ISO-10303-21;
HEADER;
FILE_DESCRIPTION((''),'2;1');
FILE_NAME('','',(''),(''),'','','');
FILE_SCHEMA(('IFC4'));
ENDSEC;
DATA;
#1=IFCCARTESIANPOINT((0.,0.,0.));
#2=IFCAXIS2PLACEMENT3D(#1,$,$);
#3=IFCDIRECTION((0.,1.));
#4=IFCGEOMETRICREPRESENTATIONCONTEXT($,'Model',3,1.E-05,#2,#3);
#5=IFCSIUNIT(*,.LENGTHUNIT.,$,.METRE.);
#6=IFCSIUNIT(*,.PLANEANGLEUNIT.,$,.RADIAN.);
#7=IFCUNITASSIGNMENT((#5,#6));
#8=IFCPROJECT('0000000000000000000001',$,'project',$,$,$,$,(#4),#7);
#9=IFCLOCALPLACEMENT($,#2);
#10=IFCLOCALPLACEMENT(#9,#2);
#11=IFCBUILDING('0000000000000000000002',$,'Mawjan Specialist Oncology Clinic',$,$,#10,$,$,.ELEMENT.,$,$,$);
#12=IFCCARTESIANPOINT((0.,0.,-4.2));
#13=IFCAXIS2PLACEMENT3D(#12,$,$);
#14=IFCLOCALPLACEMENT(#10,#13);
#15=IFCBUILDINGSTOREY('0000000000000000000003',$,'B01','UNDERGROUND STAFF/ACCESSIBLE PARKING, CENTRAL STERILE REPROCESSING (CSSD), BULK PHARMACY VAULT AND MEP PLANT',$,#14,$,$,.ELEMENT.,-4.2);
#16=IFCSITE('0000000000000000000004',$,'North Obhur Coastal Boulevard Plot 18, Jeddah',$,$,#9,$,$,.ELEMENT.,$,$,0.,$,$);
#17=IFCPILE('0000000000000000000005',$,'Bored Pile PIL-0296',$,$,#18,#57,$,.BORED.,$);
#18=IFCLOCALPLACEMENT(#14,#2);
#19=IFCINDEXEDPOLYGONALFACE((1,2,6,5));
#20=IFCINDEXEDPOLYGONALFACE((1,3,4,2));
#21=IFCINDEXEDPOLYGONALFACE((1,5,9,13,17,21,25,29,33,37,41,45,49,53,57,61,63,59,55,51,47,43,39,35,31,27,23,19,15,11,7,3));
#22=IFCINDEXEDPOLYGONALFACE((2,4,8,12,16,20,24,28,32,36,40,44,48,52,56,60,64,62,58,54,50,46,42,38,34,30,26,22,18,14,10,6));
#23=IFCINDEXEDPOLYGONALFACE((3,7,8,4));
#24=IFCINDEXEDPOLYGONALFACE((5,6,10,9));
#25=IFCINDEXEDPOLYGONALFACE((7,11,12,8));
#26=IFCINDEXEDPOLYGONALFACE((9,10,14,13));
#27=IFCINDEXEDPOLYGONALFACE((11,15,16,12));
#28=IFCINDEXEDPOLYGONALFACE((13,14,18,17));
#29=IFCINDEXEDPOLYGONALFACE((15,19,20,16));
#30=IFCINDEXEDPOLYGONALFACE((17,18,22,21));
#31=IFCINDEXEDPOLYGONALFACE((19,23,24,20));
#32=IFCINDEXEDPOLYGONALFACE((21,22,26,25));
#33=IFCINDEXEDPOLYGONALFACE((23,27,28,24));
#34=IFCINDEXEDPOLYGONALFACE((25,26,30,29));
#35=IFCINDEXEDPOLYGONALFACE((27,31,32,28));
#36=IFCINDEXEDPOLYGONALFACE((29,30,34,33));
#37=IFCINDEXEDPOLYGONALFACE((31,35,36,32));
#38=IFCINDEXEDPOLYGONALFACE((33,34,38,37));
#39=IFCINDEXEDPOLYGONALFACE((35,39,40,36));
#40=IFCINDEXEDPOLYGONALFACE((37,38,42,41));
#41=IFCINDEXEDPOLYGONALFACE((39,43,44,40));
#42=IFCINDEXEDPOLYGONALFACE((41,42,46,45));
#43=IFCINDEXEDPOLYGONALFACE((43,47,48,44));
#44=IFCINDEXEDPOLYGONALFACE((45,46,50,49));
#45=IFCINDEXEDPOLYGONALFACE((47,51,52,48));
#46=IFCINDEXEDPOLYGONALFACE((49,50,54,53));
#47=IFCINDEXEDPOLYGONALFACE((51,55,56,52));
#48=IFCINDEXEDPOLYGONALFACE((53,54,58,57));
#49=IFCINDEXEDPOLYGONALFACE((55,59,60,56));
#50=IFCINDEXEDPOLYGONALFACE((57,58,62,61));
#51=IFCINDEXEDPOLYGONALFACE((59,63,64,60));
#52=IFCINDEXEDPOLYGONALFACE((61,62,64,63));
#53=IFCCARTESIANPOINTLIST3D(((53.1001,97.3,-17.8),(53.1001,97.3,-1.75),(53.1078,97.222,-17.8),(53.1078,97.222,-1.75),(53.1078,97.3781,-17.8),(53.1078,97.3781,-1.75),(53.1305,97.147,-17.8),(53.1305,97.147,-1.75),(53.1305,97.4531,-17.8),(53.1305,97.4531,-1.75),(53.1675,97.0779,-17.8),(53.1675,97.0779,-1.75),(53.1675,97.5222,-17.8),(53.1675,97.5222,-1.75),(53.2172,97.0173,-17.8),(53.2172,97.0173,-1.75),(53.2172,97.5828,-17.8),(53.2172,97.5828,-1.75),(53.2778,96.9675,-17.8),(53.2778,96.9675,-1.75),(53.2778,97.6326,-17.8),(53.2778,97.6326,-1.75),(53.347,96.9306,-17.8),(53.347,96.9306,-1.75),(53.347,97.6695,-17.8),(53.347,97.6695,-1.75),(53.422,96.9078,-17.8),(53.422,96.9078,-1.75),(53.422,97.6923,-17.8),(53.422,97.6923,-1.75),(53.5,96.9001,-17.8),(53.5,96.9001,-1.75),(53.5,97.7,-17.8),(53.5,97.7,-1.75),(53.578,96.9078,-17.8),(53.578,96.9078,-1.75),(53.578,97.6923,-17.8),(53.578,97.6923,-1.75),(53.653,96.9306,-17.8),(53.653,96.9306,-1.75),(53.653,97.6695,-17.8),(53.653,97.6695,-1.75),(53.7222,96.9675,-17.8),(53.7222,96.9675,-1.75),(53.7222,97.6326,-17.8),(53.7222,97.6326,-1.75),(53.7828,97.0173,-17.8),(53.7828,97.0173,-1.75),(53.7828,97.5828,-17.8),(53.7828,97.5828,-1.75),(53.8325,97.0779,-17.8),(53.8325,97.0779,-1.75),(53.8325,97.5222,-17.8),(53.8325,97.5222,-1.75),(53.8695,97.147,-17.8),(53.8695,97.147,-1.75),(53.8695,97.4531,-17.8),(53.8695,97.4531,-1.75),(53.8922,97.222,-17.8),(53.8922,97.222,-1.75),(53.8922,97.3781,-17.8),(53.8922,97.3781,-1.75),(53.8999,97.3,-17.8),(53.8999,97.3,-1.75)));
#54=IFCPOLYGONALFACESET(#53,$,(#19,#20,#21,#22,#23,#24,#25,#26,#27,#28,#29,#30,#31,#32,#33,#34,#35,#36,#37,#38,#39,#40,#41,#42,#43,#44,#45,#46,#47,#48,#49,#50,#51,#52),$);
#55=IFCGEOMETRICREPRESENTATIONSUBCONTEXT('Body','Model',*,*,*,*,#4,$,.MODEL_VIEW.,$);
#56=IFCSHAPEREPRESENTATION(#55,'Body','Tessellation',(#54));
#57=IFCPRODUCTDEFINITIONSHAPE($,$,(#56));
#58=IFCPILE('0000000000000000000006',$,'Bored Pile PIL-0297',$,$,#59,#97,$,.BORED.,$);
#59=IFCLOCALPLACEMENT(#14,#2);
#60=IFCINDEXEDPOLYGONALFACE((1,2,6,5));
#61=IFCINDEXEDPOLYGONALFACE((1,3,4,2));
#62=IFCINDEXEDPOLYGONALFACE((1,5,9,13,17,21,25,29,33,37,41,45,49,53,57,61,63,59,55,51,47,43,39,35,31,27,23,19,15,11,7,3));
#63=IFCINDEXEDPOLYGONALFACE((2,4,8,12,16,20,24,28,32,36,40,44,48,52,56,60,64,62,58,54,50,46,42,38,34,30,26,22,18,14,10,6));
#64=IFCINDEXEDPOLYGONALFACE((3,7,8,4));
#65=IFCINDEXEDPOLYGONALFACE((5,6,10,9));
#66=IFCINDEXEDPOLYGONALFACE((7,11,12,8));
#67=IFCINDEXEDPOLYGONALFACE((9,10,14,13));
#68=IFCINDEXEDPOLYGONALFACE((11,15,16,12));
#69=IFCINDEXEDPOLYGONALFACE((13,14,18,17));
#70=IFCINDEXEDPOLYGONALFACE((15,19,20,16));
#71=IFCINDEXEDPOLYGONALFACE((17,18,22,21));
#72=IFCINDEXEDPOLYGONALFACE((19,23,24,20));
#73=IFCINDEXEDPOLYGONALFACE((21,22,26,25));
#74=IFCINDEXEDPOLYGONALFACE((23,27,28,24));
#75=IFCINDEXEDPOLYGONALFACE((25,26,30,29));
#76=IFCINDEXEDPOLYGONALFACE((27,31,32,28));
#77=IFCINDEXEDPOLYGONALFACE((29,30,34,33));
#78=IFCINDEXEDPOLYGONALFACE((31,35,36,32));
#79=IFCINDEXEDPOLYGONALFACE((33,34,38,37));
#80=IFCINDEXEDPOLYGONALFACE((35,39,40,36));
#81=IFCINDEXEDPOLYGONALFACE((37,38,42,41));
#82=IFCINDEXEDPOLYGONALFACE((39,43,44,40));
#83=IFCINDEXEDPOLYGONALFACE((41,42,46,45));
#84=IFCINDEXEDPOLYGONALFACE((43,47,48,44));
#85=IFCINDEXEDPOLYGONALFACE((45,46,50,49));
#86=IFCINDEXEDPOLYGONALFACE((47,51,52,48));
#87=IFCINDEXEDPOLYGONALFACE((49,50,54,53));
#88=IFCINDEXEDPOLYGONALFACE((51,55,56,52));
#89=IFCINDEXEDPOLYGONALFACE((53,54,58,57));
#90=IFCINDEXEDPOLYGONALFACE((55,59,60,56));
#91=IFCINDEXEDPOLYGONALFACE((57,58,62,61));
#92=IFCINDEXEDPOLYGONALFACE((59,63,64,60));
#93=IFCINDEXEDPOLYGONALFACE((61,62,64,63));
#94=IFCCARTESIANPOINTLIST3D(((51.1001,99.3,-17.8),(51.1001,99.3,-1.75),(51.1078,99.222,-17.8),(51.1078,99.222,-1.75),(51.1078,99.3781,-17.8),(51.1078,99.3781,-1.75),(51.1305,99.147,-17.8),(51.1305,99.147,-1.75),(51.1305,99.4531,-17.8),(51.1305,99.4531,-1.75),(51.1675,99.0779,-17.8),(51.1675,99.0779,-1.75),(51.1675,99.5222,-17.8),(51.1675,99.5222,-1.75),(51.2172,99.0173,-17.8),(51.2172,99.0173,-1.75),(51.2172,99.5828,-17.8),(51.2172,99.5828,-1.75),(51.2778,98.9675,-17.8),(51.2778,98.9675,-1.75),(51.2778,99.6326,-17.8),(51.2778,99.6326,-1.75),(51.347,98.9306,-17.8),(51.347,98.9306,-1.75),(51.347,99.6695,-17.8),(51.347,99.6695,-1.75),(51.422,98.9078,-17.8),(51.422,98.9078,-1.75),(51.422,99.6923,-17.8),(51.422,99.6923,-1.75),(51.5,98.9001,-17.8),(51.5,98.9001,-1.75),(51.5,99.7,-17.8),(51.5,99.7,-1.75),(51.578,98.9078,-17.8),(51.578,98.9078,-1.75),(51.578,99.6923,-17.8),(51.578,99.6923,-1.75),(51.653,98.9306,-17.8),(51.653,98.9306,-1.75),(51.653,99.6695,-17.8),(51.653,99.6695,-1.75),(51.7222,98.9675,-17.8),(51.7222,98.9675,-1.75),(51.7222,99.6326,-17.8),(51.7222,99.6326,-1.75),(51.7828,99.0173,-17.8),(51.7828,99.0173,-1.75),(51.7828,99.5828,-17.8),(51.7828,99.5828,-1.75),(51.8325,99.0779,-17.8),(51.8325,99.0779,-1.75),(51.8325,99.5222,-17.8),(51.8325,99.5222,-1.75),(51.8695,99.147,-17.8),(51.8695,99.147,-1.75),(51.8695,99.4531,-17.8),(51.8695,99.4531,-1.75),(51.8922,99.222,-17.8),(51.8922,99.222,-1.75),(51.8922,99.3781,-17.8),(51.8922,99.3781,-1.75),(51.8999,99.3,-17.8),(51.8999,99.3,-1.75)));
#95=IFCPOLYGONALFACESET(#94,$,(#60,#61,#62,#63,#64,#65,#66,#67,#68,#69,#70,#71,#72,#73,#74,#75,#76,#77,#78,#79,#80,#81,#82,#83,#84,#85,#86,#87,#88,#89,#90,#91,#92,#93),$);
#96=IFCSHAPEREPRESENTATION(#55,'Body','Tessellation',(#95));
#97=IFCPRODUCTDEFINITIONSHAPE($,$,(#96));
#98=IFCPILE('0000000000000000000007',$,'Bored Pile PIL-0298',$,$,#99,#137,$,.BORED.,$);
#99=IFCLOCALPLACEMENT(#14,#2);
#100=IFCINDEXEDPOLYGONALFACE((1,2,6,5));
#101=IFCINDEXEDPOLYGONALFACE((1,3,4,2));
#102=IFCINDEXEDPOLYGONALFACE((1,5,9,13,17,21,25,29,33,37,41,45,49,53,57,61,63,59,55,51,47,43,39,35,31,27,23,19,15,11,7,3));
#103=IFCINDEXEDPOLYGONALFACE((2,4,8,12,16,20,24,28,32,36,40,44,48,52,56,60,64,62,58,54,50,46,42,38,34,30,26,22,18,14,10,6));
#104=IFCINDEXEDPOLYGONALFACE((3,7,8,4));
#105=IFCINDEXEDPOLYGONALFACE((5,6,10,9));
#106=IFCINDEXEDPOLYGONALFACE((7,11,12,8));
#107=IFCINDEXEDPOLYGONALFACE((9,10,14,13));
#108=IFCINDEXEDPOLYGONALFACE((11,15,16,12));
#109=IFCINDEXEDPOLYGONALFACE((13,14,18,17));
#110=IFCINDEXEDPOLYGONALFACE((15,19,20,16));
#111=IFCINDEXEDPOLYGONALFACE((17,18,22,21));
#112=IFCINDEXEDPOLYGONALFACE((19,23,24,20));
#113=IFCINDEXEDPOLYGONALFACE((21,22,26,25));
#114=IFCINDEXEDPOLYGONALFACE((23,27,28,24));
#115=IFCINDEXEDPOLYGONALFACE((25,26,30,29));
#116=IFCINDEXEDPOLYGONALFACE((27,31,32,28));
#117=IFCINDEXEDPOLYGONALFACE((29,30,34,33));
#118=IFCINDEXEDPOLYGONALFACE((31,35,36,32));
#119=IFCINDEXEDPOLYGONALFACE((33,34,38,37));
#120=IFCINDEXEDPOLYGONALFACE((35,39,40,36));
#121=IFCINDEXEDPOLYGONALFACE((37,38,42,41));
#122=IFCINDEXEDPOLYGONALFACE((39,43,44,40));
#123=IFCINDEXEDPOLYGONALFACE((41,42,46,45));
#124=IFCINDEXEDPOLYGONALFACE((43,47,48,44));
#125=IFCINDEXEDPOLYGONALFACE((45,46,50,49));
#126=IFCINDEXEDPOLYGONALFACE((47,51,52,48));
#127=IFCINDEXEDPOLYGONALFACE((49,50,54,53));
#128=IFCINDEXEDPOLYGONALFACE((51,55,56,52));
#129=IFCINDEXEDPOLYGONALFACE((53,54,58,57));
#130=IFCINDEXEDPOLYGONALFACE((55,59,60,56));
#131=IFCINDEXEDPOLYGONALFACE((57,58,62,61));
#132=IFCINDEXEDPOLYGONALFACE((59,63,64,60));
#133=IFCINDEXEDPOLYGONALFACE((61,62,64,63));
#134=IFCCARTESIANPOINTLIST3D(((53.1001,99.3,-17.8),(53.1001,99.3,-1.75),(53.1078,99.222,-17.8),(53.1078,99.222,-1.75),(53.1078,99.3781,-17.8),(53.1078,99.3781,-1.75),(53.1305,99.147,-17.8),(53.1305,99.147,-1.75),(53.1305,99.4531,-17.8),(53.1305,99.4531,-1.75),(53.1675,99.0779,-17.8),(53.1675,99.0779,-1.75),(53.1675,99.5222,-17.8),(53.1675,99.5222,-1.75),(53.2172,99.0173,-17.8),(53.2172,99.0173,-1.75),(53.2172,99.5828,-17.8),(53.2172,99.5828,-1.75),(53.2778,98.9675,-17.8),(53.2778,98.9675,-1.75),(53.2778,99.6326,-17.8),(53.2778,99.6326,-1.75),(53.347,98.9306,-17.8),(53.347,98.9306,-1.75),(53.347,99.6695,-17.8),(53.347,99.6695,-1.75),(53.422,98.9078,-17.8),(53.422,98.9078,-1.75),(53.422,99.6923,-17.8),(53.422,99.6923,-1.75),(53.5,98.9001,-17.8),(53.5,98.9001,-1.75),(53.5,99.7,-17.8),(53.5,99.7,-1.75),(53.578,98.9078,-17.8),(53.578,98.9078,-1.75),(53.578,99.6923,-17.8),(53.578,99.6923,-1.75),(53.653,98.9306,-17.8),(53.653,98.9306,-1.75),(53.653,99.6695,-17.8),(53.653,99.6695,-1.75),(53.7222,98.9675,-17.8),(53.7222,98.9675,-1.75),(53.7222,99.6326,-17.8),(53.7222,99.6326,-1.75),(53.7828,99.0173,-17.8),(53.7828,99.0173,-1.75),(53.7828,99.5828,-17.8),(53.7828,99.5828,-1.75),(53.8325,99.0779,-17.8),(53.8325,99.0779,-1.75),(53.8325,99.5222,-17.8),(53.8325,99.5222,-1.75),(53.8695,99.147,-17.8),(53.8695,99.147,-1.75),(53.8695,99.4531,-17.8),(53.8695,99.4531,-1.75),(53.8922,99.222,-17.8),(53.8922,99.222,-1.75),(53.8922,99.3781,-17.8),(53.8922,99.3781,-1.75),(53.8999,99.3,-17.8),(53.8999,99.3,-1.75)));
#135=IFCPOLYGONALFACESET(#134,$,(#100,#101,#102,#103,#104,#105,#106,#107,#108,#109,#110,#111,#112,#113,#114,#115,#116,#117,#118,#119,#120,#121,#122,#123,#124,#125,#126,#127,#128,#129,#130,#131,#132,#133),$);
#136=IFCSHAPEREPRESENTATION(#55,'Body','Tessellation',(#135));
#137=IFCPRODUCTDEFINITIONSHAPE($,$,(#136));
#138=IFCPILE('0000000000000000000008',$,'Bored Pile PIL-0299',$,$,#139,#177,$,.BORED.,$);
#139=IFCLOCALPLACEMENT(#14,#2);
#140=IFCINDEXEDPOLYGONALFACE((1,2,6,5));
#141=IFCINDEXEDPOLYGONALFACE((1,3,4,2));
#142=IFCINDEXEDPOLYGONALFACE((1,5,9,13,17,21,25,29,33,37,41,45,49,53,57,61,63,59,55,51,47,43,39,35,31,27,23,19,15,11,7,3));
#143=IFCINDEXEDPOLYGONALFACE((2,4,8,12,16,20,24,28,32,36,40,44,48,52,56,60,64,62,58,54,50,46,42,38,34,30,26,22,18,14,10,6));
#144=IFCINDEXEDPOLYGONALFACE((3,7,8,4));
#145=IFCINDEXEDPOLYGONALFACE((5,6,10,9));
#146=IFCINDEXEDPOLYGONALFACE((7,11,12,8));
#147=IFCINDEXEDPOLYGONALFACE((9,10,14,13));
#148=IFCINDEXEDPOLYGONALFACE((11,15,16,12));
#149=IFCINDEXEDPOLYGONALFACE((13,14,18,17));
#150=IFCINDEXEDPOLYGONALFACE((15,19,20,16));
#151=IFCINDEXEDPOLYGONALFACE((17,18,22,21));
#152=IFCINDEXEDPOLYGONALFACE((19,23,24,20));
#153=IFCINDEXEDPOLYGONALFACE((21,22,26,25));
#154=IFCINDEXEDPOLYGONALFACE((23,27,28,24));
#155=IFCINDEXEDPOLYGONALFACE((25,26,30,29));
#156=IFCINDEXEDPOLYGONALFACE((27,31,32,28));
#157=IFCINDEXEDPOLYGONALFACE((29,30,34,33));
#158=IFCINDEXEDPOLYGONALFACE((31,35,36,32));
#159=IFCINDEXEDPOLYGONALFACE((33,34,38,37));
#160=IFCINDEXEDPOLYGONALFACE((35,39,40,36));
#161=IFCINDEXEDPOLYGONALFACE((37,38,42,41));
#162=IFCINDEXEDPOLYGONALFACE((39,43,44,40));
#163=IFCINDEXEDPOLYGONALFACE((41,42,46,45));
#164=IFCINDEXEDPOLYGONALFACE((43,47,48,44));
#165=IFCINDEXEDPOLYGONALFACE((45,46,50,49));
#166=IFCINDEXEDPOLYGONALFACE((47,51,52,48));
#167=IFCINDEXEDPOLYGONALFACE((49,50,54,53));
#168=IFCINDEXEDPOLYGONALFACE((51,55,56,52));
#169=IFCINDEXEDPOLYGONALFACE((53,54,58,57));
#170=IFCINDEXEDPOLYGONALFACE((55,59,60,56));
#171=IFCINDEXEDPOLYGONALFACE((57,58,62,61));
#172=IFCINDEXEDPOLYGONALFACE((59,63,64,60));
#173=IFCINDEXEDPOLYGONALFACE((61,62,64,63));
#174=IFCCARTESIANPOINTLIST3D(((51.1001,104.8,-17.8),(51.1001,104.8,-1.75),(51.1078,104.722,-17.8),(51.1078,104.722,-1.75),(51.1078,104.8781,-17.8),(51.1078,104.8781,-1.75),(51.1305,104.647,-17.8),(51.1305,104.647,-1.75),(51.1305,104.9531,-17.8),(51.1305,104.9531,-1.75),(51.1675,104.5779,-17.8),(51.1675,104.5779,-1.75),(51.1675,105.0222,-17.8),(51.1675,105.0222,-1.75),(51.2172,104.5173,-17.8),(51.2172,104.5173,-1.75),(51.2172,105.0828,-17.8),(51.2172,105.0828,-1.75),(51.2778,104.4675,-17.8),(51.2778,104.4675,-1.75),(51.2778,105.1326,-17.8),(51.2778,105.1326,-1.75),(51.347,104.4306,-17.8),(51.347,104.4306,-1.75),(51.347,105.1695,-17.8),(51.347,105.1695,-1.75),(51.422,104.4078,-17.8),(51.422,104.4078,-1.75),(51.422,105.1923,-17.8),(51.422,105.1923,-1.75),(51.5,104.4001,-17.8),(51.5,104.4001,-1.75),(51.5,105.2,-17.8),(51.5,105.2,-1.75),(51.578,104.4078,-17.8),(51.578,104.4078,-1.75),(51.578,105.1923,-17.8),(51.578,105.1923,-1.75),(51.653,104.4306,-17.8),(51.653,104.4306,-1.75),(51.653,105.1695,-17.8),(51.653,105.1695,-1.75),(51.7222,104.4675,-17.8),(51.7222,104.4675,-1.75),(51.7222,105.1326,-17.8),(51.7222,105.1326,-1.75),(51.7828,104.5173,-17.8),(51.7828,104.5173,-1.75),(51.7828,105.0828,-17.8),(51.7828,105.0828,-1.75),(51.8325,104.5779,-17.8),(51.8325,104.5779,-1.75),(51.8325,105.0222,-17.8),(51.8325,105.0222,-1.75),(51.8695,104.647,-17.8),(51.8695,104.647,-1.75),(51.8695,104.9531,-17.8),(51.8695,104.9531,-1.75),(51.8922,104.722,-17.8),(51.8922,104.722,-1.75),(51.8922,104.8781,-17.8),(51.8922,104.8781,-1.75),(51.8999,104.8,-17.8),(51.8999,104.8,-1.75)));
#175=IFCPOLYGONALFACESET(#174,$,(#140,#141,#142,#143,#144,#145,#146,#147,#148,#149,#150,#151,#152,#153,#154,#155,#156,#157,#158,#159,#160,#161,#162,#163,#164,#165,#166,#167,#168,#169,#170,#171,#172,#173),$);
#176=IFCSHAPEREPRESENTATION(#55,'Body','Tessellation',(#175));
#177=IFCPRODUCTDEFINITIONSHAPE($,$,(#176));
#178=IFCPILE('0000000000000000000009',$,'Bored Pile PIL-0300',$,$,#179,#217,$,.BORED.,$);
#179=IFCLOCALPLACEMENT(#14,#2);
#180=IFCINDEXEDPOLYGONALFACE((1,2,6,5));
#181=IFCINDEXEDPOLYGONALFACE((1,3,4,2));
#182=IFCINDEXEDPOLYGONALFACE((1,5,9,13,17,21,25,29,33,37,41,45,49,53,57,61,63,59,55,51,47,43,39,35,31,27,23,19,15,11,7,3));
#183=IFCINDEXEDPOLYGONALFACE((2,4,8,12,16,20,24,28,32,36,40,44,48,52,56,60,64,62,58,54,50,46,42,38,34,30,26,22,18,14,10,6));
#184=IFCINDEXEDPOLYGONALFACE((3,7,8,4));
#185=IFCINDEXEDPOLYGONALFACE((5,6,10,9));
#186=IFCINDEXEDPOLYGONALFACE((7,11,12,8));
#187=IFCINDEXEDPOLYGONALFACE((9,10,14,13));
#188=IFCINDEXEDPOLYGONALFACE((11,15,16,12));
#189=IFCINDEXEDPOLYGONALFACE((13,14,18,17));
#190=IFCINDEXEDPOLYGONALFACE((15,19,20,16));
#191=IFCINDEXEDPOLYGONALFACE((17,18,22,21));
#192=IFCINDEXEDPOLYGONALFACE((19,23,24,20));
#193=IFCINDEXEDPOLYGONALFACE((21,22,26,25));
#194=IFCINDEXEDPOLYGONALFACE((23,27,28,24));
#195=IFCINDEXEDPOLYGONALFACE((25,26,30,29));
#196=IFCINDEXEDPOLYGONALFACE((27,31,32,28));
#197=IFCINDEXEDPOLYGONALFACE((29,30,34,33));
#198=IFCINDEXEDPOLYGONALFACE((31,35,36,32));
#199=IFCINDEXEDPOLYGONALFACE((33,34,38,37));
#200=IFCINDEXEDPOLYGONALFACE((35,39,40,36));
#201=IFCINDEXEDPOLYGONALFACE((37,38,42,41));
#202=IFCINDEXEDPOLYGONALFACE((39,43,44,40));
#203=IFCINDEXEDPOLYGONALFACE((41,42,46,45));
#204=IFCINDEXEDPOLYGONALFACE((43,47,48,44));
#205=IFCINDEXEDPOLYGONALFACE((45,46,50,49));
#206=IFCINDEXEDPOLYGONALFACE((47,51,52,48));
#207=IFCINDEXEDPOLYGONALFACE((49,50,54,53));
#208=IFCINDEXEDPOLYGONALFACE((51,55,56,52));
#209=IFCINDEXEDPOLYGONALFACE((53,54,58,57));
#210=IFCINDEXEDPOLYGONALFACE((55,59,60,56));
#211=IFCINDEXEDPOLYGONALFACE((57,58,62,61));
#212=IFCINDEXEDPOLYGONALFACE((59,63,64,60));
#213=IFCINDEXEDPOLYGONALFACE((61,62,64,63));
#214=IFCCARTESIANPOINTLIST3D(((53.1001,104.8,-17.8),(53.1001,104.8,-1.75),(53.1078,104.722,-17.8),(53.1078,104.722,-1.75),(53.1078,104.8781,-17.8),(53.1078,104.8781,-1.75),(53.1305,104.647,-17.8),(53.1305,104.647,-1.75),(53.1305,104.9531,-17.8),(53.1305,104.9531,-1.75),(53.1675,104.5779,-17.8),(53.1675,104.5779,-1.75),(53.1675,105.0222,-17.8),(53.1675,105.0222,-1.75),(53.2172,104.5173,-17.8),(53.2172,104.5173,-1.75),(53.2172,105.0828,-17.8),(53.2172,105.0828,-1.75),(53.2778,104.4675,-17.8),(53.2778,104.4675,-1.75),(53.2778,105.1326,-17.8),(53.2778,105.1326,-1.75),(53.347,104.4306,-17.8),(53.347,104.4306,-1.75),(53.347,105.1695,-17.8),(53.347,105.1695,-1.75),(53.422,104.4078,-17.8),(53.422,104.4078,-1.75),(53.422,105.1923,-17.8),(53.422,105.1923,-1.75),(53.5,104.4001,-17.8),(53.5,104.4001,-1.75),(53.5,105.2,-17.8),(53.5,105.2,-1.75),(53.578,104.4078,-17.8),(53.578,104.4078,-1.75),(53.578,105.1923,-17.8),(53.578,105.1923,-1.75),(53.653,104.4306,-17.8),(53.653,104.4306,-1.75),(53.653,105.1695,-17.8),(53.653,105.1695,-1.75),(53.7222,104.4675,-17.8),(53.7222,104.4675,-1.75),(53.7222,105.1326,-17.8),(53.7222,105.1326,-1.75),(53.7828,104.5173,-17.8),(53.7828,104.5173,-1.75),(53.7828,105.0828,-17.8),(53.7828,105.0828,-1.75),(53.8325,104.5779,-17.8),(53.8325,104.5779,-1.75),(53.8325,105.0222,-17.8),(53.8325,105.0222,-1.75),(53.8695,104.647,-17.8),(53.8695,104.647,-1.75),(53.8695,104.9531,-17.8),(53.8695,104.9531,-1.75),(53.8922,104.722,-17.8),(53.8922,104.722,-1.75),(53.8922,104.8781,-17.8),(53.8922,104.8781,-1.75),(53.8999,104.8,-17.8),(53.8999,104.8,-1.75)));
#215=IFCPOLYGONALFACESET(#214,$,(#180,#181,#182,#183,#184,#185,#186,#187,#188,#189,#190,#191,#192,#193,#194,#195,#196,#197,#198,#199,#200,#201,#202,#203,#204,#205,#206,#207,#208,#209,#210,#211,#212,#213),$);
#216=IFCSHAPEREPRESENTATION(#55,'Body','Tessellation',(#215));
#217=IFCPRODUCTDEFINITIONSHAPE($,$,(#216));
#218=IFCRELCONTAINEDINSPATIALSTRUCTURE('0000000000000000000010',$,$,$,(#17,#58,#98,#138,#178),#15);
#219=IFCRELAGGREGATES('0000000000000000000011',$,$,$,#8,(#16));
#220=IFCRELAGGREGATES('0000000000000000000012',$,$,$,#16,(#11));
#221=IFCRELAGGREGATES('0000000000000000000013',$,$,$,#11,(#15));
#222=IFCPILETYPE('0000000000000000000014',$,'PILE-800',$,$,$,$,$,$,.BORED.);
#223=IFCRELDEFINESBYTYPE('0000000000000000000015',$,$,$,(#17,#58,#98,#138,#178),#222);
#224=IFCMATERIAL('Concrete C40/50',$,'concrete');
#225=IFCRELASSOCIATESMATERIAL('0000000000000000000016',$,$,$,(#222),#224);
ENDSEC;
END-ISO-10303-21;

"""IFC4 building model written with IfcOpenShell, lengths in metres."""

from ifc_helpers import new_model, si_unit, direction, frame, origin, origin_2d, place, context, subcontext, project, spatial, circle, extrude, material, material_profile, profile_set, type_object, element, save


model = new_model("IFC4")

# Units and contexts
model_context = context("Model", 3, precision=1e-05, world=origin(), true_north=direction((0.0, 1.0)))
body_context = subcontext(model_context, "Body", "Model", "MODEL_VIEW")
ifc_project = project(units=[si_unit("LENGTHUNIT", "METRE"), si_unit("PLANEANGLEUNIT", "RADIAN")], contexts=[model_context])

# Site, building, storey
site_placement = place(None, origin())
site = spatial("IfcSite", under=ifc_project, at=site_placement, Name="North Obhur Coastal Boulevard Plot 18, Jeddah", CompositionType="ELEMENT", RefElevation=0.0)
building_placement = place(site_placement, origin())
building = spatial("IfcBuilding", under=site, at=building_placement, Name="Mawjan Specialist Oncology Clinic", CompositionType="ELEMENT")
storey_placement = place(building_placement, frame((0.0, 0.0, -4.2)))
storey = spatial("IfcBuildingStorey", under=building, at=storey_placement, Name="B01", Description="UNDERGROUND STAFF/ACCESSIBLE PARKING, CENTRAL STERILE REPROCESSING (CSSD), BULK PHARMACY VAULT AND MEP PLANT", CompositionType="ELEMENT", Elevation=-4.2)

# Piles
ifc_material_1 = material(Name="Concrete C40/50", Category="concrete")
ifc_material_profile_1 = material_profile(ifc_material_1, circle(Radius=0.3999, at=origin_2d()), Name="BORED PILE D800", Category="concrete")
ifc_profile_set_1 = profile_set([ifc_material_profile_1], Name="Concrete C40/50")
pile_type_1 = type_object("IfcPileType", Name="PILE-800", PredefinedType="BORED", material=ifc_profile_set_1)
for number, where, z_axis, x_axis, name in (
    (1, (53.5, 97.3, -1.75), (0.0, 0.0, -1.0), (1.0, 0.0, 0.0), "Bored Pile PIL-0296"),
    (2, (51.5, 99.3, -1.75), (0.0, 0.0, -1.0), (1.0, 0.0, 0.0), "Bored Pile PIL-0297"),
    (3, (53.5, 99.3, -1.75), (0.0, 0.0, -1.0), (1.0, 0.0, 0.0), "Bored Pile PIL-0298"),
    (4, (51.5, 104.8, -1.75), (0.0, 0.0, -1.0), (1.0, 0.0, 0.0), "Bored Pile PIL-0299"),
    (5, (53.5, 104.8, -1.75), (0.0, 0.0, -1.0), (1.0, 0.0, 0.0), "Bored Pile PIL-0300"),
):
    element("IfcPile", number, at=place(storey_placement, frame(where, z_axis=z_axis, x_axis=x_axis)), inside=storey, type_object=pile_type_1, Name=name, PredefinedType="BORED", context=body_context, shape_type="SweptSolid", body=[
        extrude(circle(Radius=0.3999, at=origin_2d()), origin(), (0.0, 0.0, 1.0), 16.05),
    ])

save(model, "model.ifc")
